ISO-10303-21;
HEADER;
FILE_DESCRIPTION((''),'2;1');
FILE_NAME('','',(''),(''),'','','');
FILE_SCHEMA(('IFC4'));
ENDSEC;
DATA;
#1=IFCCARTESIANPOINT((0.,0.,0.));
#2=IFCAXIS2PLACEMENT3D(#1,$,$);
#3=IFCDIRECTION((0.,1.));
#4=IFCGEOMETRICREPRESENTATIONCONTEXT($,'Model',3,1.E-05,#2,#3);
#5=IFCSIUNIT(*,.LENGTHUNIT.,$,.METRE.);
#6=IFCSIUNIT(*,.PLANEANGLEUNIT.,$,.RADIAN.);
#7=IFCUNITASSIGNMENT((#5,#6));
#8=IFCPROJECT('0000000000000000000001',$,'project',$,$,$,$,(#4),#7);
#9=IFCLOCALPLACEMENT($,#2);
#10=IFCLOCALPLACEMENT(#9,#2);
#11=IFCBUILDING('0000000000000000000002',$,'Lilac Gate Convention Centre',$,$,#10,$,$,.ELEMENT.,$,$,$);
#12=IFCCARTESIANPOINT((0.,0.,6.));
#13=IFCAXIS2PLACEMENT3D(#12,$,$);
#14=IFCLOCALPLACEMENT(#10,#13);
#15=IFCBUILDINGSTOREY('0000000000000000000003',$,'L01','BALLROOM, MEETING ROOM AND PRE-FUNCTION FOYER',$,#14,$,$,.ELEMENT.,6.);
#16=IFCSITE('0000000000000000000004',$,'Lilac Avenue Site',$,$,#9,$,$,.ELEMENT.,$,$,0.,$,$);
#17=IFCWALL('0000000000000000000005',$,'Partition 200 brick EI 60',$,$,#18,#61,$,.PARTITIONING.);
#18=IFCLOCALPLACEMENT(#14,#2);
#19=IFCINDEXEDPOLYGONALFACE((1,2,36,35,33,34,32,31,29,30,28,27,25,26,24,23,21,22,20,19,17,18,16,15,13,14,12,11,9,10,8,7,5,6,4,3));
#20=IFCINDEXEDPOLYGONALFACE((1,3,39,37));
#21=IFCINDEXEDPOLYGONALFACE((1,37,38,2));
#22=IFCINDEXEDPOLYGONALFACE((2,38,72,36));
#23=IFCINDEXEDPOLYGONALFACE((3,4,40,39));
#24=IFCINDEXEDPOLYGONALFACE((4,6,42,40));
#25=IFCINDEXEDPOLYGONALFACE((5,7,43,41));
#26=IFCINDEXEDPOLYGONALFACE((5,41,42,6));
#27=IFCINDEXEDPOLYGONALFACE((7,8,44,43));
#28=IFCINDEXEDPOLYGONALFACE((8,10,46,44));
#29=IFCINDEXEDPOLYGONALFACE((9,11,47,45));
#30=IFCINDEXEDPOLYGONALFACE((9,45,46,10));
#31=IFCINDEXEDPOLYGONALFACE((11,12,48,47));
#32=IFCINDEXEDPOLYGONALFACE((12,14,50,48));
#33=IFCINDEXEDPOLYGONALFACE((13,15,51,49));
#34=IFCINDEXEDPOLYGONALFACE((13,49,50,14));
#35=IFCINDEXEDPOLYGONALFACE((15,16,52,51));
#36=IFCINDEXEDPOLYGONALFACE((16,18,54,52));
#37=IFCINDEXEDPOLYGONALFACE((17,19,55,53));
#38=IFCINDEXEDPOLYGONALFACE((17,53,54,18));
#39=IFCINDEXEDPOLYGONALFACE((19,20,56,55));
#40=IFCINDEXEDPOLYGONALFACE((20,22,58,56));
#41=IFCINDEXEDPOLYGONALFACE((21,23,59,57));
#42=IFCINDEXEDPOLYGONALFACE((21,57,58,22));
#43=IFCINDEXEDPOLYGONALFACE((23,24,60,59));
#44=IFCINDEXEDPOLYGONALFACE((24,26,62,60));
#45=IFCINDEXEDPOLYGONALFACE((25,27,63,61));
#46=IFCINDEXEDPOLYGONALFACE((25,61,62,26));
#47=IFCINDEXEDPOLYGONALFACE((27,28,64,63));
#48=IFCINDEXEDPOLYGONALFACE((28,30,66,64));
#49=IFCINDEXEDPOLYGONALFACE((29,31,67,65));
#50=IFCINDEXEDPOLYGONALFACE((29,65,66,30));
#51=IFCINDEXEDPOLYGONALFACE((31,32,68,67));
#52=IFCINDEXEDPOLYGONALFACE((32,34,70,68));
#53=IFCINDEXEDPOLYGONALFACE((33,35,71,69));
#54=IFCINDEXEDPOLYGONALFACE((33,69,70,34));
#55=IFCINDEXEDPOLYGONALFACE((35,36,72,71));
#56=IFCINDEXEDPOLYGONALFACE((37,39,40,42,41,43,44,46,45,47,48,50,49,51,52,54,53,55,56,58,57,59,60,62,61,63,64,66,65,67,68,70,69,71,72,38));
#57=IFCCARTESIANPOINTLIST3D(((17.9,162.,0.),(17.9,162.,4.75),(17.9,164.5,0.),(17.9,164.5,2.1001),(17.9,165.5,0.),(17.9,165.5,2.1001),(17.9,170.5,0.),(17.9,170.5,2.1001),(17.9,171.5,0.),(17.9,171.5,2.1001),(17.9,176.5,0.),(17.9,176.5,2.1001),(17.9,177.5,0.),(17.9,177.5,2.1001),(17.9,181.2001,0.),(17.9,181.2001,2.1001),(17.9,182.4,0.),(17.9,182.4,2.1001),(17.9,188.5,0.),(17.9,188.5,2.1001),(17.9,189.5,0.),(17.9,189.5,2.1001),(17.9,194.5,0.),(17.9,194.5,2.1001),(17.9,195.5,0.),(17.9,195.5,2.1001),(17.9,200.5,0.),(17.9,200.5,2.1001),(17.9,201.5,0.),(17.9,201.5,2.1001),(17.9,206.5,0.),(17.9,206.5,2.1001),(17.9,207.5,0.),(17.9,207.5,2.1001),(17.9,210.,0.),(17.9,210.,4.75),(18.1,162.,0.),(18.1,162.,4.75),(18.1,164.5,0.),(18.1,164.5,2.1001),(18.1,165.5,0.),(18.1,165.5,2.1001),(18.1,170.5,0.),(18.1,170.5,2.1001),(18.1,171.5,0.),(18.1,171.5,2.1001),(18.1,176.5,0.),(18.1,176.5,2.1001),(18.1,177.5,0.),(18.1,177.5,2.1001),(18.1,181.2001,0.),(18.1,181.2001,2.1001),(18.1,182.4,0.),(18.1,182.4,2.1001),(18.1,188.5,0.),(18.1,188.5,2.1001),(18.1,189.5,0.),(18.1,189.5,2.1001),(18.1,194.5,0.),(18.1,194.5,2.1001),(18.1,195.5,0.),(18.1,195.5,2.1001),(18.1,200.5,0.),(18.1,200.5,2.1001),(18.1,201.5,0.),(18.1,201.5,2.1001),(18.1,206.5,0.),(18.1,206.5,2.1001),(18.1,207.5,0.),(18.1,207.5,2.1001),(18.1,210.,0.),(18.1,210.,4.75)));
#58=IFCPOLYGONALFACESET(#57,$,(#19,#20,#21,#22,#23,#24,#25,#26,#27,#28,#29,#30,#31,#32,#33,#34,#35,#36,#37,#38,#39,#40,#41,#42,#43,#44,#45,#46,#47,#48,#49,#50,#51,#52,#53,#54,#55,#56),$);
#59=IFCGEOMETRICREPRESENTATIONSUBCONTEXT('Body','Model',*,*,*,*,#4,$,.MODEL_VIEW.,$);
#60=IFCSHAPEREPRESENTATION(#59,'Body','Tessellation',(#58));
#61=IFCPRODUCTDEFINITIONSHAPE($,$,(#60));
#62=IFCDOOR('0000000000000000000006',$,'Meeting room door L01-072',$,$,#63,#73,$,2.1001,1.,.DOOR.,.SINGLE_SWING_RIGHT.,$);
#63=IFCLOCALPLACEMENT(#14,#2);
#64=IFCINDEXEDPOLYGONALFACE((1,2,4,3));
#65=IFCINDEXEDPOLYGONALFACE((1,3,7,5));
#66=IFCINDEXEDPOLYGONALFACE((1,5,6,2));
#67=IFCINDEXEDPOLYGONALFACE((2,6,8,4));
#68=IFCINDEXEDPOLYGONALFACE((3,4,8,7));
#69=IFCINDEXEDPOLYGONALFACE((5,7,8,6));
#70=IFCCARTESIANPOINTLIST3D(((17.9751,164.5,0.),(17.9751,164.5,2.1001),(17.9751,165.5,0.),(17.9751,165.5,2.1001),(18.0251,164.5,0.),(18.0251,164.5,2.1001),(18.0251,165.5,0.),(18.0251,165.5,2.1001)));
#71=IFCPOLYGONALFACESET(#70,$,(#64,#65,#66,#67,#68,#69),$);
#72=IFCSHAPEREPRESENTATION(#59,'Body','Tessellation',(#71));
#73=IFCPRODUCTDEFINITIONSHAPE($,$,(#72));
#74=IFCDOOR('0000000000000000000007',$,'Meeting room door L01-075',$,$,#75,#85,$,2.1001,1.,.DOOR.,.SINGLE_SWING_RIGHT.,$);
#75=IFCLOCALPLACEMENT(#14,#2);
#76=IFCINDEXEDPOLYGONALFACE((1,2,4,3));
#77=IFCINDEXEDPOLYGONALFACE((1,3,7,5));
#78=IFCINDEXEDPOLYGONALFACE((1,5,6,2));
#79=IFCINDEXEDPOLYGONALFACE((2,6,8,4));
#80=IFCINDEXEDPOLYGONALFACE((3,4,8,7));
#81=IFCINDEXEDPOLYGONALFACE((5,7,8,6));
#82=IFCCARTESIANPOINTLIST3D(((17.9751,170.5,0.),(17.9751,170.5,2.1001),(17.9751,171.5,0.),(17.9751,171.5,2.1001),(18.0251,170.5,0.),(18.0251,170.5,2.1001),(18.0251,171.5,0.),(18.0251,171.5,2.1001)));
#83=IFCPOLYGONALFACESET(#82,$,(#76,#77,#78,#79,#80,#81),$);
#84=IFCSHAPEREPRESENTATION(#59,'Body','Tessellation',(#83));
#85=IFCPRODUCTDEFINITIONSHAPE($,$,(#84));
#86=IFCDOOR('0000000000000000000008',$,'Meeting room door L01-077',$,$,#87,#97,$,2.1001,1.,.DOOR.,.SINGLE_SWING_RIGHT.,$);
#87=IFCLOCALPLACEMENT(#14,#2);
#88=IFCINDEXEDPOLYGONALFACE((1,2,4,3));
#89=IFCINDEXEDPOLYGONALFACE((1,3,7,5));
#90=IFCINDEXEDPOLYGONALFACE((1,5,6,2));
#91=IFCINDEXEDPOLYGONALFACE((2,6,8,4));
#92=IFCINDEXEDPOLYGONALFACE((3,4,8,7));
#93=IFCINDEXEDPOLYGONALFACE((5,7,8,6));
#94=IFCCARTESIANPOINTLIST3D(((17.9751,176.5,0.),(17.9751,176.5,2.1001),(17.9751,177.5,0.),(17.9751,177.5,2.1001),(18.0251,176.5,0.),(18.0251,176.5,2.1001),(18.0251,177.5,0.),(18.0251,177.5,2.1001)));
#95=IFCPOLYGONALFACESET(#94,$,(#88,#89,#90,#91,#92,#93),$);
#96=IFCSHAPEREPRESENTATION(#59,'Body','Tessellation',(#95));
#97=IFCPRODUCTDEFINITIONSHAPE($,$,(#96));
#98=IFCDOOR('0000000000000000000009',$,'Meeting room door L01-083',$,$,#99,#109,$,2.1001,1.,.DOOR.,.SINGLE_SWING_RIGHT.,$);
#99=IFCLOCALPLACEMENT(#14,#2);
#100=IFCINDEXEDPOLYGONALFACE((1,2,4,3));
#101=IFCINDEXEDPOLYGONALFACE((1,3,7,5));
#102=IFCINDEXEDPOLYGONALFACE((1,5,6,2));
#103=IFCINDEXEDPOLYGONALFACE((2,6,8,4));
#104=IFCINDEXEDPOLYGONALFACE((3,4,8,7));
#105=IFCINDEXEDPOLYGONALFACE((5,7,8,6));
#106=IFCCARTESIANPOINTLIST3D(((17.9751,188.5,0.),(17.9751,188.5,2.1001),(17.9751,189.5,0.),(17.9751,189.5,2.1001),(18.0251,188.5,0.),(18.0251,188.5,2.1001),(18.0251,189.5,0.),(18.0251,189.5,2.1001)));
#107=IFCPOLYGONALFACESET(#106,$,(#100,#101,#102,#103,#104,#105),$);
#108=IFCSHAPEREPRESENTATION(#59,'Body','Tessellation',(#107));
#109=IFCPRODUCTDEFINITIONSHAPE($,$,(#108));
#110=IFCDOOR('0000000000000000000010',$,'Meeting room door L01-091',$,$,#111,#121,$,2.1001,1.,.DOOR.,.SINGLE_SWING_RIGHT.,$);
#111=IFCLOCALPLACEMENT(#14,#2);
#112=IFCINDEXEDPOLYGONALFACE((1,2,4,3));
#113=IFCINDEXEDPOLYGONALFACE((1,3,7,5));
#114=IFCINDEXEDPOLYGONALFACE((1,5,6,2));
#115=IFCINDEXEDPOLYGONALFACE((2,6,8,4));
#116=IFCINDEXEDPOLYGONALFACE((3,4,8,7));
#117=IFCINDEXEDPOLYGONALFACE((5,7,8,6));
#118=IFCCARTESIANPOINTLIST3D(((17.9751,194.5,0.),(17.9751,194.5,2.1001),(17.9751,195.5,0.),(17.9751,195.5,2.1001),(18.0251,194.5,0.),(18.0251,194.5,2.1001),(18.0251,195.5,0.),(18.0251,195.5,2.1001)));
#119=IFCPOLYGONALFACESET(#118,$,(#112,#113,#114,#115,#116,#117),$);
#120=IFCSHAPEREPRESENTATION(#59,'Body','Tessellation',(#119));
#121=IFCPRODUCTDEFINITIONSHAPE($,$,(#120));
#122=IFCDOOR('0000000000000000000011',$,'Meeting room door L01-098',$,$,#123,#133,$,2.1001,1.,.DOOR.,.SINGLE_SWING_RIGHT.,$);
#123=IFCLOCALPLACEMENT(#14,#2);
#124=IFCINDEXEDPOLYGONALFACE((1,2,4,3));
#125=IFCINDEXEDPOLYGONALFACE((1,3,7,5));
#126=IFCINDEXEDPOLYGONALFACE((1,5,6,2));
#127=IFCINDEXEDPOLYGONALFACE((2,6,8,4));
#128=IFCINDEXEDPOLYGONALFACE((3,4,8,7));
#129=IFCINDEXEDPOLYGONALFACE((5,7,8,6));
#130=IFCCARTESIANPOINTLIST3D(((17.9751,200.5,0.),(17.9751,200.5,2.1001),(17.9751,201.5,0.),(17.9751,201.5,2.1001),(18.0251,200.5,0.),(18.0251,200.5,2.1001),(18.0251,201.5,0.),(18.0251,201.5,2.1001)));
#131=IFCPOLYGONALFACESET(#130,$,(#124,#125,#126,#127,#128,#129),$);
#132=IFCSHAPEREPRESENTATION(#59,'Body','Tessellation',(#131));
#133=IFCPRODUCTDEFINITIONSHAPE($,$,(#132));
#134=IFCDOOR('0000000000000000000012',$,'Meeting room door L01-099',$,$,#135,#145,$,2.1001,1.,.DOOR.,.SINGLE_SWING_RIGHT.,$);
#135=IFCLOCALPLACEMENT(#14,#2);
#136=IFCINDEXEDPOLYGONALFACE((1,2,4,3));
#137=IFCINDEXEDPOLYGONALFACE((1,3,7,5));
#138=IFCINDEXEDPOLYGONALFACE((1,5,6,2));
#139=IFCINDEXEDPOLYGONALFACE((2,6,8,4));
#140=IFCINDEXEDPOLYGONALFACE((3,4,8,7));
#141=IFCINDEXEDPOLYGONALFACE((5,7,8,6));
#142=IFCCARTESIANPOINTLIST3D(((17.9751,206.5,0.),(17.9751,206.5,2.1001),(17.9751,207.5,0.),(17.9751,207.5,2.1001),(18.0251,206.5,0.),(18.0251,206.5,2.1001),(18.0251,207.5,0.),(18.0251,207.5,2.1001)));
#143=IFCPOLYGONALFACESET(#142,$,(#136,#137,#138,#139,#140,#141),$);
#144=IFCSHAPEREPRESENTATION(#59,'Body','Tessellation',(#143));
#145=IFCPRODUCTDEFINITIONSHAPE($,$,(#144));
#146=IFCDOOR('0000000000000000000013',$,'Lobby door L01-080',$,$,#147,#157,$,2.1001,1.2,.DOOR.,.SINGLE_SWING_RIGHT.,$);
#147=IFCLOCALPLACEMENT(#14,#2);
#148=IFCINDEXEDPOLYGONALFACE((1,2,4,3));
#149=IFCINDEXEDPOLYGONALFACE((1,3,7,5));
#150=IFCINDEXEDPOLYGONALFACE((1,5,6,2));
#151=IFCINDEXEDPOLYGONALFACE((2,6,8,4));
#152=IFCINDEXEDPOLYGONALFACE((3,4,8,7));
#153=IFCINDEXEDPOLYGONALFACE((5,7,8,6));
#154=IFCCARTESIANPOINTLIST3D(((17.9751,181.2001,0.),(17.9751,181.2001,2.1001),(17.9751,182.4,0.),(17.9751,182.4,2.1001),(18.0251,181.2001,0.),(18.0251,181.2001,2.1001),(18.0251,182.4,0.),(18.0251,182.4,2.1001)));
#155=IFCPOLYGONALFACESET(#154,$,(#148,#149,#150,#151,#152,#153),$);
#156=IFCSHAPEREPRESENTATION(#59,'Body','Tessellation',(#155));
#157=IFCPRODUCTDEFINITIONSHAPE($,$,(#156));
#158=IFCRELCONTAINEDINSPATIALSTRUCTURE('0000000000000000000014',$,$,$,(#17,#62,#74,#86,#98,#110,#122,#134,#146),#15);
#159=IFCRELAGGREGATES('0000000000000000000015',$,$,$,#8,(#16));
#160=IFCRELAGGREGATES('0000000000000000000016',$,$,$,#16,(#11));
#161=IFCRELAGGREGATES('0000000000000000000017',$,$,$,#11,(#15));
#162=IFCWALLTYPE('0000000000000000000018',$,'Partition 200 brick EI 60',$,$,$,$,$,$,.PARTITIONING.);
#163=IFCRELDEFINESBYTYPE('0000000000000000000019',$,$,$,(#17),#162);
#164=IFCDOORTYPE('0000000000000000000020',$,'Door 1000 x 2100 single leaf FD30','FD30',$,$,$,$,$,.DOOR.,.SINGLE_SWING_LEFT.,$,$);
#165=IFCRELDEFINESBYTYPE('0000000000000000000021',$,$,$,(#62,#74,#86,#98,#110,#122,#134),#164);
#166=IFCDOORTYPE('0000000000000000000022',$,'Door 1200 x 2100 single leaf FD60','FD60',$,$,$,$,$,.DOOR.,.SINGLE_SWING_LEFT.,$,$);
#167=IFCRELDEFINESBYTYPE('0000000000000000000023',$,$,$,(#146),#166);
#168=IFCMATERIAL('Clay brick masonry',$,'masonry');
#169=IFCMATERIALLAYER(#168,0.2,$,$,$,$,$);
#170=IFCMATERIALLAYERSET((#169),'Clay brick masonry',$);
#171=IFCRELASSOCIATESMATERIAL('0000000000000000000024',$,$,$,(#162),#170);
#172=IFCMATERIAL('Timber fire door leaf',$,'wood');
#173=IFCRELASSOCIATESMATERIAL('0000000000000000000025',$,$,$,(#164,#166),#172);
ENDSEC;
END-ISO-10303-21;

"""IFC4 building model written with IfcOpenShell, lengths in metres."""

from ifc_helpers import new_model, si_unit, direction, frame, frame_2d, origin, place, context, subcontext, project, spatial, rectangle, extrude, material, layer, layer_set, type_object, element, fill, save


model = new_model("IFC4")

# Units and contexts
model_context = context("Model", 3, precision=1e-05, world=origin(), true_north=direction((0.0, 1.0)))
body_context = subcontext(model_context, "Body", "Model", "MODEL_VIEW")
ifc_project = project(units=[si_unit("LENGTHUNIT", "METRE"), si_unit("PLANEANGLEUNIT", "RADIAN")], contexts=[model_context])

# Site, building, storey
site_placement = place(None, origin())
site = spatial("IfcSite", under=ifc_project, at=site_placement, Name="Lilac Avenue Site", CompositionType="ELEMENT", RefElevation=0.0)
building_placement = place(site_placement, origin())
building = spatial("IfcBuilding", under=site, at=building_placement, Name="Lilac Gate Convention Centre", CompositionType="ELEMENT")
storey_placement = place(building_placement, frame((0.0, 0.0, 6.0)))
storey = spatial("IfcBuildingStorey", under=building, at=storey_placement, Name="L01", Description="BALLROOM, MEETING ROOM AND PRE-FUNCTION FOYER", CompositionType="ELEMENT", Elevation=6.0)

# Wall, openings, doors
ifc_material_1 = material(Name="Clay brick masonry", Category="masonry")
ifc_layer_1 = layer(ifc_material_1, 0.2)
ifc_layer_set_1 = layer_set([ifc_layer_1], Name="Clay brick masonry")
wall_type_1 = type_object("IfcWallType", Name="Partition 200 brick EI 60", PredefinedType="PARTITIONING", material=ifc_layer_set_1)
wall_1_placement = place(storey_placement, frame((18.0, 162.0, 0.0), z_axis=(0.0, 0.0, 1.0), x_axis=(0.0, 1.0, 0.0)))
wall_1 = element("IfcWall", 1, at=wall_1_placement, inside=storey, type_object=wall_type_1, Name="Partition 200 brick EI 60", PredefinedType="PARTITIONING", context=body_context, shape_type="SweptSolid", body=[
    extrude(rectangle(XDim=48.0, YDim=0.2, at=frame_2d((24.0, 0.0))), origin(), (0.0, 0.0, 1.0), 4.75),
])
opening_1_placement = place(wall_1_placement, frame((2.5, 0.0, 0.0)))
opening_1 = element("IfcOpeningElement", 2, at=opening_1_placement, cuts=wall_1, PredefinedType="OPENING", context=body_context, shape_type="SweptSolid", body=[
    extrude(rectangle(XDim=1.0, YDim=2.1001, at=frame_2d((0.5, 1.05))), frame((0.0, 0.1099, 0.0), z_axis=(0.0, -1.0, 0.0), x_axis=(1.0, 0.0, 0.0)), (0.0, 0.0, 1.0), 0.22),
])
opening_2_placement = place(wall_1_placement, frame((8.5, 0.0, 0.0)))
opening_2 = element("IfcOpeningElement", 3, at=opening_2_placement, cuts=wall_1, PredefinedType="OPENING", context=body_context, shape_type="SweptSolid", body=[
    extrude(rectangle(XDim=1.0, YDim=2.1001, at=frame_2d((0.5, 1.05))), frame((0.0, 0.1099, 0.0), z_axis=(0.0, -1.0, 0.0), x_axis=(1.0, 0.0, 0.0)), (0.0, 0.0, 1.0), 0.22),
])
opening_3_placement = place(wall_1_placement, frame((14.5, 0.0, 0.0)))
opening_3 = element("IfcOpeningElement", 4, at=opening_3_placement, cuts=wall_1, PredefinedType="OPENING", context=body_context, shape_type="SweptSolid", body=[
    extrude(rectangle(XDim=1.0, YDim=2.1001, at=frame_2d((0.5, 1.05))), frame((0.0, 0.1099, 0.0), z_axis=(0.0, -1.0, 0.0), x_axis=(1.0, 0.0, 0.0)), (0.0, 0.0, 1.0), 0.22),
])
opening_4_placement = place(wall_1_placement, frame((19.2, 0.0, 0.0)))
opening_4 = element("IfcOpeningElement", 5, at=opening_4_placement, cuts=wall_1, PredefinedType="OPENING", context=body_context, shape_type="SweptSolid", body=[
    extrude(rectangle(XDim=1.2, YDim=2.1001, at=frame_2d((0.6001, 1.05))), frame((0.0, 0.1099, 0.0), z_axis=(0.0, -1.0, 0.0), x_axis=(1.0, 0.0, 0.0)), (0.0, 0.0, 1.0), 0.22),
])
opening_5_placement = place(wall_1_placement, frame((26.5, 0.0, 0.0)))
opening_5 = element("IfcOpeningElement", 6, at=opening_5_placement, cuts=wall_1, PredefinedType="OPENING", context=body_context, shape_type="SweptSolid", body=[
    extrude(rectangle(XDim=1.0, YDim=2.1001, at=frame_2d((0.5, 1.05))), frame((0.0, 0.1099, 0.0), z_axis=(0.0, -1.0, 0.0), x_axis=(1.0, 0.0, 0.0)), (0.0, 0.0, 1.0), 0.22),
])
opening_6_placement = place(wall_1_placement, frame((32.5, 0.0, 0.0)))
opening_6 = element("IfcOpeningElement", 7, at=opening_6_placement, cuts=wall_1, PredefinedType="OPENING", context=body_context, shape_type="SweptSolid", body=[
    extrude(rectangle(XDim=1.0, YDim=2.1001, at=frame_2d((0.5, 1.05))), frame((0.0, 0.1099, 0.0), z_axis=(0.0, -1.0, 0.0), x_axis=(1.0, 0.0, 0.0)), (0.0, 0.0, 1.0), 0.22),
])
opening_7_placement = place(wall_1_placement, frame((38.5, 0.0, 0.0)))
opening_7 = element("IfcOpeningElement", 8, at=opening_7_placement, cuts=wall_1, PredefinedType="OPENING", context=body_context, shape_type="SweptSolid", body=[
    extrude(rectangle(XDim=1.0, YDim=2.1001, at=frame_2d((0.5, 1.05))), frame((0.0, 0.1099, 0.0), z_axis=(0.0, -1.0, 0.0), x_axis=(1.0, 0.0, 0.0)), (0.0, 0.0, 1.0), 0.22),
])
opening_8_placement = place(wall_1_placement, frame((44.5, 0.0, 0.0)))
opening_8 = element("IfcOpeningElement", 9, at=opening_8_placement, cuts=wall_1, PredefinedType="OPENING", context=body_context, shape_type="SweptSolid", body=[
    extrude(rectangle(XDim=1.0, YDim=2.1001, at=frame_2d((0.5, 1.05))), frame((0.0, 0.1099, 0.0), z_axis=(0.0, -1.0, 0.0), x_axis=(1.0, 0.0, 0.0)), (0.0, 0.0, 1.0), 0.22),
])
ifc_material_2 = material(Name="Timber fire door leaf", Category="wood")
door_type_1 = type_object("IfcDoorType", Name="Door 1000 x 2100 single leaf FD30", Description="FD30", OperationType="SINGLE_SWING_LEFT", PredefinedType="DOOR", material=ifc_material_2)
door_1_placement = place(opening_1_placement, origin())
door_1 = element("IfcDoor", 10, at=door_1_placement, inside=storey, type_object=door_type_1, Name="Meeting room door L01-072", OperationType="SINGLE_SWING_RIGHT", OverallHeight=2.1001, OverallWidth=1.0, PredefinedType="DOOR", context=body_context, shape_type="SweptSolid", body=[
    extrude(rectangle(XDim=1.0, YDim=2.1001, at=frame_2d((0.5, 1.05))), frame((0.0, 0.0249, 0.0), z_axis=(0.0, -1.0, 0.0), x_axis=(1.0, 0.0, 0.0)), (0.0, 0.0, 1.0), 0.05),
])
fill(opening_1, door_1)
door_2_placement = place(opening_2_placement, origin())
door_2 = element("IfcDoor", 11, at=door_2_placement, inside=storey, type_object=door_type_1, Name="Meeting room door L01-075", OperationType="SINGLE_SWING_RIGHT", OverallHeight=2.1001, OverallWidth=1.0, PredefinedType="DOOR", context=body_context, shape_type="SweptSolid", body=[
    extrude(rectangle(XDim=1.0, YDim=2.1001, at=frame_2d((0.5, 1.05))), frame((0.0, 0.0249, 0.0), z_axis=(0.0, -1.0, 0.0), x_axis=(1.0, 0.0, 0.0)), (0.0, 0.0, 1.0), 0.05),
])
fill(opening_2, door_2)
door_3_placement = place(opening_3_placement, origin())
door_3 = element("IfcDoor", 12, at=door_3_placement, inside=storey, type_object=door_type_1, Name="Meeting room door L01-077", OperationType="SINGLE_SWING_RIGHT", OverallHeight=2.1001, OverallWidth=1.0, PredefinedType="DOOR", context=body_context, shape_type="SweptSolid", body=[
    extrude(rectangle(XDim=1.0, YDim=2.1001, at=frame_2d((0.5, 1.05))), frame((0.0, 0.0249, 0.0), z_axis=(0.0, -1.0, 0.0), x_axis=(1.0, 0.0, 0.0)), (0.0, 0.0, 1.0), 0.05),
])
fill(opening_3, door_3)
door_4_placement = place(opening_5_placement, origin())
door_4 = element("IfcDoor", 13, at=door_4_placement, inside=storey, type_object=door_type_1, Name="Meeting room door L01-083", OperationType="SINGLE_SWING_RIGHT", OverallHeight=2.1001, OverallWidth=1.0, PredefinedType="DOOR", context=body_context, shape_type="SweptSolid", body=[
    extrude(rectangle(XDim=1.0, YDim=2.1001, at=frame_2d((0.5, 1.05))), frame((0.0, 0.0249, 0.0), z_axis=(0.0, -1.0, 0.0), x_axis=(1.0, 0.0, 0.0)), (0.0, 0.0, 1.0), 0.05),
])
fill(opening_5, door_4)
door_5_placement = place(opening_6_placement, origin())
door_5 = element("IfcDoor", 14, at=door_5_placement, inside=storey, type_object=door_type_1, Name="Meeting room door L01-091", OperationType="SINGLE_SWING_RIGHT", OverallHeight=2.1001, OverallWidth=1.0, PredefinedType="DOOR", context=body_context, shape_type="SweptSolid", body=[
    extrude(rectangle(XDim=1.0, YDim=2.1001, at=frame_2d((0.5, 1.05))), frame((0.0, 0.0249, 0.0), z_axis=(0.0, -1.0, 0.0), x_axis=(1.0, 0.0, 0.0)), (0.0, 0.0, 1.0), 0.05),
])
fill(opening_6, door_5)
door_6_placement = place(opening_7_placement, origin())
door_6 = element("IfcDoor", 15, at=door_6_placement, inside=storey, type_object=door_type_1, Name="Meeting room door L01-098", OperationType="SINGLE_SWING_RIGHT", OverallHeight=2.1001, OverallWidth=1.0, PredefinedType="DOOR", context=body_context, shape_type="SweptSolid", body=[
    extrude(rectangle(XDim=1.0, YDim=2.1001, at=frame_2d((0.5, 1.05))), frame((0.0, 0.0249, 0.0), z_axis=(0.0, -1.0, 0.0), x_axis=(1.0, 0.0, 0.0)), (0.0, 0.0, 1.0), 0.05),
])
fill(opening_7, door_6)
door_7_placement = place(opening_8_placement, origin())
door_7 = element("IfcDoor", 16, at=door_7_placement, inside=storey, type_object=door_type_1, Name="Meeting room door L01-099", OperationType="SINGLE_SWING_RIGHT", OverallHeight=2.1001, OverallWidth=1.0, PredefinedType="DOOR", context=body_context, shape_type="SweptSolid", body=[
    extrude(rectangle(XDim=1.0, YDim=2.1001, at=frame_2d((0.5, 1.05))), frame((0.0, 0.0249, 0.0), z_axis=(0.0, -1.0, 0.0), x_axis=(1.0, 0.0, 0.0)), (0.0, 0.0, 1.0), 0.05),
])
fill(opening_8, door_7)
door_type_2 = type_object("IfcDoorType", Name="Door 1200 x 2100 single leaf FD60", Description="FD60", OperationType="SINGLE_SWING_LEFT", PredefinedType="DOOR", material=ifc_material_2)
door_8_placement = place(opening_4_placement, origin())
door_8 = element("IfcDoor", 17, at=door_8_placement, inside=storey, type_object=door_type_2, Name="Lobby door L01-080", OperationType="SINGLE_SWING_RIGHT", OverallHeight=2.1001, OverallWidth=1.2, PredefinedType="DOOR", context=body_context, shape_type="SweptSolid", body=[
    extrude(rectangle(XDim=1.2, YDim=2.1001, at=frame_2d((0.6001, 1.05))), frame((0.0, 0.0249, 0.0), z_axis=(0.0, -1.0, 0.0), x_axis=(1.0, 0.0, 0.0)), (0.0, 0.0, 1.0), 0.05),
])
fill(opening_4, door_8)

save(model, "model.ifc")
